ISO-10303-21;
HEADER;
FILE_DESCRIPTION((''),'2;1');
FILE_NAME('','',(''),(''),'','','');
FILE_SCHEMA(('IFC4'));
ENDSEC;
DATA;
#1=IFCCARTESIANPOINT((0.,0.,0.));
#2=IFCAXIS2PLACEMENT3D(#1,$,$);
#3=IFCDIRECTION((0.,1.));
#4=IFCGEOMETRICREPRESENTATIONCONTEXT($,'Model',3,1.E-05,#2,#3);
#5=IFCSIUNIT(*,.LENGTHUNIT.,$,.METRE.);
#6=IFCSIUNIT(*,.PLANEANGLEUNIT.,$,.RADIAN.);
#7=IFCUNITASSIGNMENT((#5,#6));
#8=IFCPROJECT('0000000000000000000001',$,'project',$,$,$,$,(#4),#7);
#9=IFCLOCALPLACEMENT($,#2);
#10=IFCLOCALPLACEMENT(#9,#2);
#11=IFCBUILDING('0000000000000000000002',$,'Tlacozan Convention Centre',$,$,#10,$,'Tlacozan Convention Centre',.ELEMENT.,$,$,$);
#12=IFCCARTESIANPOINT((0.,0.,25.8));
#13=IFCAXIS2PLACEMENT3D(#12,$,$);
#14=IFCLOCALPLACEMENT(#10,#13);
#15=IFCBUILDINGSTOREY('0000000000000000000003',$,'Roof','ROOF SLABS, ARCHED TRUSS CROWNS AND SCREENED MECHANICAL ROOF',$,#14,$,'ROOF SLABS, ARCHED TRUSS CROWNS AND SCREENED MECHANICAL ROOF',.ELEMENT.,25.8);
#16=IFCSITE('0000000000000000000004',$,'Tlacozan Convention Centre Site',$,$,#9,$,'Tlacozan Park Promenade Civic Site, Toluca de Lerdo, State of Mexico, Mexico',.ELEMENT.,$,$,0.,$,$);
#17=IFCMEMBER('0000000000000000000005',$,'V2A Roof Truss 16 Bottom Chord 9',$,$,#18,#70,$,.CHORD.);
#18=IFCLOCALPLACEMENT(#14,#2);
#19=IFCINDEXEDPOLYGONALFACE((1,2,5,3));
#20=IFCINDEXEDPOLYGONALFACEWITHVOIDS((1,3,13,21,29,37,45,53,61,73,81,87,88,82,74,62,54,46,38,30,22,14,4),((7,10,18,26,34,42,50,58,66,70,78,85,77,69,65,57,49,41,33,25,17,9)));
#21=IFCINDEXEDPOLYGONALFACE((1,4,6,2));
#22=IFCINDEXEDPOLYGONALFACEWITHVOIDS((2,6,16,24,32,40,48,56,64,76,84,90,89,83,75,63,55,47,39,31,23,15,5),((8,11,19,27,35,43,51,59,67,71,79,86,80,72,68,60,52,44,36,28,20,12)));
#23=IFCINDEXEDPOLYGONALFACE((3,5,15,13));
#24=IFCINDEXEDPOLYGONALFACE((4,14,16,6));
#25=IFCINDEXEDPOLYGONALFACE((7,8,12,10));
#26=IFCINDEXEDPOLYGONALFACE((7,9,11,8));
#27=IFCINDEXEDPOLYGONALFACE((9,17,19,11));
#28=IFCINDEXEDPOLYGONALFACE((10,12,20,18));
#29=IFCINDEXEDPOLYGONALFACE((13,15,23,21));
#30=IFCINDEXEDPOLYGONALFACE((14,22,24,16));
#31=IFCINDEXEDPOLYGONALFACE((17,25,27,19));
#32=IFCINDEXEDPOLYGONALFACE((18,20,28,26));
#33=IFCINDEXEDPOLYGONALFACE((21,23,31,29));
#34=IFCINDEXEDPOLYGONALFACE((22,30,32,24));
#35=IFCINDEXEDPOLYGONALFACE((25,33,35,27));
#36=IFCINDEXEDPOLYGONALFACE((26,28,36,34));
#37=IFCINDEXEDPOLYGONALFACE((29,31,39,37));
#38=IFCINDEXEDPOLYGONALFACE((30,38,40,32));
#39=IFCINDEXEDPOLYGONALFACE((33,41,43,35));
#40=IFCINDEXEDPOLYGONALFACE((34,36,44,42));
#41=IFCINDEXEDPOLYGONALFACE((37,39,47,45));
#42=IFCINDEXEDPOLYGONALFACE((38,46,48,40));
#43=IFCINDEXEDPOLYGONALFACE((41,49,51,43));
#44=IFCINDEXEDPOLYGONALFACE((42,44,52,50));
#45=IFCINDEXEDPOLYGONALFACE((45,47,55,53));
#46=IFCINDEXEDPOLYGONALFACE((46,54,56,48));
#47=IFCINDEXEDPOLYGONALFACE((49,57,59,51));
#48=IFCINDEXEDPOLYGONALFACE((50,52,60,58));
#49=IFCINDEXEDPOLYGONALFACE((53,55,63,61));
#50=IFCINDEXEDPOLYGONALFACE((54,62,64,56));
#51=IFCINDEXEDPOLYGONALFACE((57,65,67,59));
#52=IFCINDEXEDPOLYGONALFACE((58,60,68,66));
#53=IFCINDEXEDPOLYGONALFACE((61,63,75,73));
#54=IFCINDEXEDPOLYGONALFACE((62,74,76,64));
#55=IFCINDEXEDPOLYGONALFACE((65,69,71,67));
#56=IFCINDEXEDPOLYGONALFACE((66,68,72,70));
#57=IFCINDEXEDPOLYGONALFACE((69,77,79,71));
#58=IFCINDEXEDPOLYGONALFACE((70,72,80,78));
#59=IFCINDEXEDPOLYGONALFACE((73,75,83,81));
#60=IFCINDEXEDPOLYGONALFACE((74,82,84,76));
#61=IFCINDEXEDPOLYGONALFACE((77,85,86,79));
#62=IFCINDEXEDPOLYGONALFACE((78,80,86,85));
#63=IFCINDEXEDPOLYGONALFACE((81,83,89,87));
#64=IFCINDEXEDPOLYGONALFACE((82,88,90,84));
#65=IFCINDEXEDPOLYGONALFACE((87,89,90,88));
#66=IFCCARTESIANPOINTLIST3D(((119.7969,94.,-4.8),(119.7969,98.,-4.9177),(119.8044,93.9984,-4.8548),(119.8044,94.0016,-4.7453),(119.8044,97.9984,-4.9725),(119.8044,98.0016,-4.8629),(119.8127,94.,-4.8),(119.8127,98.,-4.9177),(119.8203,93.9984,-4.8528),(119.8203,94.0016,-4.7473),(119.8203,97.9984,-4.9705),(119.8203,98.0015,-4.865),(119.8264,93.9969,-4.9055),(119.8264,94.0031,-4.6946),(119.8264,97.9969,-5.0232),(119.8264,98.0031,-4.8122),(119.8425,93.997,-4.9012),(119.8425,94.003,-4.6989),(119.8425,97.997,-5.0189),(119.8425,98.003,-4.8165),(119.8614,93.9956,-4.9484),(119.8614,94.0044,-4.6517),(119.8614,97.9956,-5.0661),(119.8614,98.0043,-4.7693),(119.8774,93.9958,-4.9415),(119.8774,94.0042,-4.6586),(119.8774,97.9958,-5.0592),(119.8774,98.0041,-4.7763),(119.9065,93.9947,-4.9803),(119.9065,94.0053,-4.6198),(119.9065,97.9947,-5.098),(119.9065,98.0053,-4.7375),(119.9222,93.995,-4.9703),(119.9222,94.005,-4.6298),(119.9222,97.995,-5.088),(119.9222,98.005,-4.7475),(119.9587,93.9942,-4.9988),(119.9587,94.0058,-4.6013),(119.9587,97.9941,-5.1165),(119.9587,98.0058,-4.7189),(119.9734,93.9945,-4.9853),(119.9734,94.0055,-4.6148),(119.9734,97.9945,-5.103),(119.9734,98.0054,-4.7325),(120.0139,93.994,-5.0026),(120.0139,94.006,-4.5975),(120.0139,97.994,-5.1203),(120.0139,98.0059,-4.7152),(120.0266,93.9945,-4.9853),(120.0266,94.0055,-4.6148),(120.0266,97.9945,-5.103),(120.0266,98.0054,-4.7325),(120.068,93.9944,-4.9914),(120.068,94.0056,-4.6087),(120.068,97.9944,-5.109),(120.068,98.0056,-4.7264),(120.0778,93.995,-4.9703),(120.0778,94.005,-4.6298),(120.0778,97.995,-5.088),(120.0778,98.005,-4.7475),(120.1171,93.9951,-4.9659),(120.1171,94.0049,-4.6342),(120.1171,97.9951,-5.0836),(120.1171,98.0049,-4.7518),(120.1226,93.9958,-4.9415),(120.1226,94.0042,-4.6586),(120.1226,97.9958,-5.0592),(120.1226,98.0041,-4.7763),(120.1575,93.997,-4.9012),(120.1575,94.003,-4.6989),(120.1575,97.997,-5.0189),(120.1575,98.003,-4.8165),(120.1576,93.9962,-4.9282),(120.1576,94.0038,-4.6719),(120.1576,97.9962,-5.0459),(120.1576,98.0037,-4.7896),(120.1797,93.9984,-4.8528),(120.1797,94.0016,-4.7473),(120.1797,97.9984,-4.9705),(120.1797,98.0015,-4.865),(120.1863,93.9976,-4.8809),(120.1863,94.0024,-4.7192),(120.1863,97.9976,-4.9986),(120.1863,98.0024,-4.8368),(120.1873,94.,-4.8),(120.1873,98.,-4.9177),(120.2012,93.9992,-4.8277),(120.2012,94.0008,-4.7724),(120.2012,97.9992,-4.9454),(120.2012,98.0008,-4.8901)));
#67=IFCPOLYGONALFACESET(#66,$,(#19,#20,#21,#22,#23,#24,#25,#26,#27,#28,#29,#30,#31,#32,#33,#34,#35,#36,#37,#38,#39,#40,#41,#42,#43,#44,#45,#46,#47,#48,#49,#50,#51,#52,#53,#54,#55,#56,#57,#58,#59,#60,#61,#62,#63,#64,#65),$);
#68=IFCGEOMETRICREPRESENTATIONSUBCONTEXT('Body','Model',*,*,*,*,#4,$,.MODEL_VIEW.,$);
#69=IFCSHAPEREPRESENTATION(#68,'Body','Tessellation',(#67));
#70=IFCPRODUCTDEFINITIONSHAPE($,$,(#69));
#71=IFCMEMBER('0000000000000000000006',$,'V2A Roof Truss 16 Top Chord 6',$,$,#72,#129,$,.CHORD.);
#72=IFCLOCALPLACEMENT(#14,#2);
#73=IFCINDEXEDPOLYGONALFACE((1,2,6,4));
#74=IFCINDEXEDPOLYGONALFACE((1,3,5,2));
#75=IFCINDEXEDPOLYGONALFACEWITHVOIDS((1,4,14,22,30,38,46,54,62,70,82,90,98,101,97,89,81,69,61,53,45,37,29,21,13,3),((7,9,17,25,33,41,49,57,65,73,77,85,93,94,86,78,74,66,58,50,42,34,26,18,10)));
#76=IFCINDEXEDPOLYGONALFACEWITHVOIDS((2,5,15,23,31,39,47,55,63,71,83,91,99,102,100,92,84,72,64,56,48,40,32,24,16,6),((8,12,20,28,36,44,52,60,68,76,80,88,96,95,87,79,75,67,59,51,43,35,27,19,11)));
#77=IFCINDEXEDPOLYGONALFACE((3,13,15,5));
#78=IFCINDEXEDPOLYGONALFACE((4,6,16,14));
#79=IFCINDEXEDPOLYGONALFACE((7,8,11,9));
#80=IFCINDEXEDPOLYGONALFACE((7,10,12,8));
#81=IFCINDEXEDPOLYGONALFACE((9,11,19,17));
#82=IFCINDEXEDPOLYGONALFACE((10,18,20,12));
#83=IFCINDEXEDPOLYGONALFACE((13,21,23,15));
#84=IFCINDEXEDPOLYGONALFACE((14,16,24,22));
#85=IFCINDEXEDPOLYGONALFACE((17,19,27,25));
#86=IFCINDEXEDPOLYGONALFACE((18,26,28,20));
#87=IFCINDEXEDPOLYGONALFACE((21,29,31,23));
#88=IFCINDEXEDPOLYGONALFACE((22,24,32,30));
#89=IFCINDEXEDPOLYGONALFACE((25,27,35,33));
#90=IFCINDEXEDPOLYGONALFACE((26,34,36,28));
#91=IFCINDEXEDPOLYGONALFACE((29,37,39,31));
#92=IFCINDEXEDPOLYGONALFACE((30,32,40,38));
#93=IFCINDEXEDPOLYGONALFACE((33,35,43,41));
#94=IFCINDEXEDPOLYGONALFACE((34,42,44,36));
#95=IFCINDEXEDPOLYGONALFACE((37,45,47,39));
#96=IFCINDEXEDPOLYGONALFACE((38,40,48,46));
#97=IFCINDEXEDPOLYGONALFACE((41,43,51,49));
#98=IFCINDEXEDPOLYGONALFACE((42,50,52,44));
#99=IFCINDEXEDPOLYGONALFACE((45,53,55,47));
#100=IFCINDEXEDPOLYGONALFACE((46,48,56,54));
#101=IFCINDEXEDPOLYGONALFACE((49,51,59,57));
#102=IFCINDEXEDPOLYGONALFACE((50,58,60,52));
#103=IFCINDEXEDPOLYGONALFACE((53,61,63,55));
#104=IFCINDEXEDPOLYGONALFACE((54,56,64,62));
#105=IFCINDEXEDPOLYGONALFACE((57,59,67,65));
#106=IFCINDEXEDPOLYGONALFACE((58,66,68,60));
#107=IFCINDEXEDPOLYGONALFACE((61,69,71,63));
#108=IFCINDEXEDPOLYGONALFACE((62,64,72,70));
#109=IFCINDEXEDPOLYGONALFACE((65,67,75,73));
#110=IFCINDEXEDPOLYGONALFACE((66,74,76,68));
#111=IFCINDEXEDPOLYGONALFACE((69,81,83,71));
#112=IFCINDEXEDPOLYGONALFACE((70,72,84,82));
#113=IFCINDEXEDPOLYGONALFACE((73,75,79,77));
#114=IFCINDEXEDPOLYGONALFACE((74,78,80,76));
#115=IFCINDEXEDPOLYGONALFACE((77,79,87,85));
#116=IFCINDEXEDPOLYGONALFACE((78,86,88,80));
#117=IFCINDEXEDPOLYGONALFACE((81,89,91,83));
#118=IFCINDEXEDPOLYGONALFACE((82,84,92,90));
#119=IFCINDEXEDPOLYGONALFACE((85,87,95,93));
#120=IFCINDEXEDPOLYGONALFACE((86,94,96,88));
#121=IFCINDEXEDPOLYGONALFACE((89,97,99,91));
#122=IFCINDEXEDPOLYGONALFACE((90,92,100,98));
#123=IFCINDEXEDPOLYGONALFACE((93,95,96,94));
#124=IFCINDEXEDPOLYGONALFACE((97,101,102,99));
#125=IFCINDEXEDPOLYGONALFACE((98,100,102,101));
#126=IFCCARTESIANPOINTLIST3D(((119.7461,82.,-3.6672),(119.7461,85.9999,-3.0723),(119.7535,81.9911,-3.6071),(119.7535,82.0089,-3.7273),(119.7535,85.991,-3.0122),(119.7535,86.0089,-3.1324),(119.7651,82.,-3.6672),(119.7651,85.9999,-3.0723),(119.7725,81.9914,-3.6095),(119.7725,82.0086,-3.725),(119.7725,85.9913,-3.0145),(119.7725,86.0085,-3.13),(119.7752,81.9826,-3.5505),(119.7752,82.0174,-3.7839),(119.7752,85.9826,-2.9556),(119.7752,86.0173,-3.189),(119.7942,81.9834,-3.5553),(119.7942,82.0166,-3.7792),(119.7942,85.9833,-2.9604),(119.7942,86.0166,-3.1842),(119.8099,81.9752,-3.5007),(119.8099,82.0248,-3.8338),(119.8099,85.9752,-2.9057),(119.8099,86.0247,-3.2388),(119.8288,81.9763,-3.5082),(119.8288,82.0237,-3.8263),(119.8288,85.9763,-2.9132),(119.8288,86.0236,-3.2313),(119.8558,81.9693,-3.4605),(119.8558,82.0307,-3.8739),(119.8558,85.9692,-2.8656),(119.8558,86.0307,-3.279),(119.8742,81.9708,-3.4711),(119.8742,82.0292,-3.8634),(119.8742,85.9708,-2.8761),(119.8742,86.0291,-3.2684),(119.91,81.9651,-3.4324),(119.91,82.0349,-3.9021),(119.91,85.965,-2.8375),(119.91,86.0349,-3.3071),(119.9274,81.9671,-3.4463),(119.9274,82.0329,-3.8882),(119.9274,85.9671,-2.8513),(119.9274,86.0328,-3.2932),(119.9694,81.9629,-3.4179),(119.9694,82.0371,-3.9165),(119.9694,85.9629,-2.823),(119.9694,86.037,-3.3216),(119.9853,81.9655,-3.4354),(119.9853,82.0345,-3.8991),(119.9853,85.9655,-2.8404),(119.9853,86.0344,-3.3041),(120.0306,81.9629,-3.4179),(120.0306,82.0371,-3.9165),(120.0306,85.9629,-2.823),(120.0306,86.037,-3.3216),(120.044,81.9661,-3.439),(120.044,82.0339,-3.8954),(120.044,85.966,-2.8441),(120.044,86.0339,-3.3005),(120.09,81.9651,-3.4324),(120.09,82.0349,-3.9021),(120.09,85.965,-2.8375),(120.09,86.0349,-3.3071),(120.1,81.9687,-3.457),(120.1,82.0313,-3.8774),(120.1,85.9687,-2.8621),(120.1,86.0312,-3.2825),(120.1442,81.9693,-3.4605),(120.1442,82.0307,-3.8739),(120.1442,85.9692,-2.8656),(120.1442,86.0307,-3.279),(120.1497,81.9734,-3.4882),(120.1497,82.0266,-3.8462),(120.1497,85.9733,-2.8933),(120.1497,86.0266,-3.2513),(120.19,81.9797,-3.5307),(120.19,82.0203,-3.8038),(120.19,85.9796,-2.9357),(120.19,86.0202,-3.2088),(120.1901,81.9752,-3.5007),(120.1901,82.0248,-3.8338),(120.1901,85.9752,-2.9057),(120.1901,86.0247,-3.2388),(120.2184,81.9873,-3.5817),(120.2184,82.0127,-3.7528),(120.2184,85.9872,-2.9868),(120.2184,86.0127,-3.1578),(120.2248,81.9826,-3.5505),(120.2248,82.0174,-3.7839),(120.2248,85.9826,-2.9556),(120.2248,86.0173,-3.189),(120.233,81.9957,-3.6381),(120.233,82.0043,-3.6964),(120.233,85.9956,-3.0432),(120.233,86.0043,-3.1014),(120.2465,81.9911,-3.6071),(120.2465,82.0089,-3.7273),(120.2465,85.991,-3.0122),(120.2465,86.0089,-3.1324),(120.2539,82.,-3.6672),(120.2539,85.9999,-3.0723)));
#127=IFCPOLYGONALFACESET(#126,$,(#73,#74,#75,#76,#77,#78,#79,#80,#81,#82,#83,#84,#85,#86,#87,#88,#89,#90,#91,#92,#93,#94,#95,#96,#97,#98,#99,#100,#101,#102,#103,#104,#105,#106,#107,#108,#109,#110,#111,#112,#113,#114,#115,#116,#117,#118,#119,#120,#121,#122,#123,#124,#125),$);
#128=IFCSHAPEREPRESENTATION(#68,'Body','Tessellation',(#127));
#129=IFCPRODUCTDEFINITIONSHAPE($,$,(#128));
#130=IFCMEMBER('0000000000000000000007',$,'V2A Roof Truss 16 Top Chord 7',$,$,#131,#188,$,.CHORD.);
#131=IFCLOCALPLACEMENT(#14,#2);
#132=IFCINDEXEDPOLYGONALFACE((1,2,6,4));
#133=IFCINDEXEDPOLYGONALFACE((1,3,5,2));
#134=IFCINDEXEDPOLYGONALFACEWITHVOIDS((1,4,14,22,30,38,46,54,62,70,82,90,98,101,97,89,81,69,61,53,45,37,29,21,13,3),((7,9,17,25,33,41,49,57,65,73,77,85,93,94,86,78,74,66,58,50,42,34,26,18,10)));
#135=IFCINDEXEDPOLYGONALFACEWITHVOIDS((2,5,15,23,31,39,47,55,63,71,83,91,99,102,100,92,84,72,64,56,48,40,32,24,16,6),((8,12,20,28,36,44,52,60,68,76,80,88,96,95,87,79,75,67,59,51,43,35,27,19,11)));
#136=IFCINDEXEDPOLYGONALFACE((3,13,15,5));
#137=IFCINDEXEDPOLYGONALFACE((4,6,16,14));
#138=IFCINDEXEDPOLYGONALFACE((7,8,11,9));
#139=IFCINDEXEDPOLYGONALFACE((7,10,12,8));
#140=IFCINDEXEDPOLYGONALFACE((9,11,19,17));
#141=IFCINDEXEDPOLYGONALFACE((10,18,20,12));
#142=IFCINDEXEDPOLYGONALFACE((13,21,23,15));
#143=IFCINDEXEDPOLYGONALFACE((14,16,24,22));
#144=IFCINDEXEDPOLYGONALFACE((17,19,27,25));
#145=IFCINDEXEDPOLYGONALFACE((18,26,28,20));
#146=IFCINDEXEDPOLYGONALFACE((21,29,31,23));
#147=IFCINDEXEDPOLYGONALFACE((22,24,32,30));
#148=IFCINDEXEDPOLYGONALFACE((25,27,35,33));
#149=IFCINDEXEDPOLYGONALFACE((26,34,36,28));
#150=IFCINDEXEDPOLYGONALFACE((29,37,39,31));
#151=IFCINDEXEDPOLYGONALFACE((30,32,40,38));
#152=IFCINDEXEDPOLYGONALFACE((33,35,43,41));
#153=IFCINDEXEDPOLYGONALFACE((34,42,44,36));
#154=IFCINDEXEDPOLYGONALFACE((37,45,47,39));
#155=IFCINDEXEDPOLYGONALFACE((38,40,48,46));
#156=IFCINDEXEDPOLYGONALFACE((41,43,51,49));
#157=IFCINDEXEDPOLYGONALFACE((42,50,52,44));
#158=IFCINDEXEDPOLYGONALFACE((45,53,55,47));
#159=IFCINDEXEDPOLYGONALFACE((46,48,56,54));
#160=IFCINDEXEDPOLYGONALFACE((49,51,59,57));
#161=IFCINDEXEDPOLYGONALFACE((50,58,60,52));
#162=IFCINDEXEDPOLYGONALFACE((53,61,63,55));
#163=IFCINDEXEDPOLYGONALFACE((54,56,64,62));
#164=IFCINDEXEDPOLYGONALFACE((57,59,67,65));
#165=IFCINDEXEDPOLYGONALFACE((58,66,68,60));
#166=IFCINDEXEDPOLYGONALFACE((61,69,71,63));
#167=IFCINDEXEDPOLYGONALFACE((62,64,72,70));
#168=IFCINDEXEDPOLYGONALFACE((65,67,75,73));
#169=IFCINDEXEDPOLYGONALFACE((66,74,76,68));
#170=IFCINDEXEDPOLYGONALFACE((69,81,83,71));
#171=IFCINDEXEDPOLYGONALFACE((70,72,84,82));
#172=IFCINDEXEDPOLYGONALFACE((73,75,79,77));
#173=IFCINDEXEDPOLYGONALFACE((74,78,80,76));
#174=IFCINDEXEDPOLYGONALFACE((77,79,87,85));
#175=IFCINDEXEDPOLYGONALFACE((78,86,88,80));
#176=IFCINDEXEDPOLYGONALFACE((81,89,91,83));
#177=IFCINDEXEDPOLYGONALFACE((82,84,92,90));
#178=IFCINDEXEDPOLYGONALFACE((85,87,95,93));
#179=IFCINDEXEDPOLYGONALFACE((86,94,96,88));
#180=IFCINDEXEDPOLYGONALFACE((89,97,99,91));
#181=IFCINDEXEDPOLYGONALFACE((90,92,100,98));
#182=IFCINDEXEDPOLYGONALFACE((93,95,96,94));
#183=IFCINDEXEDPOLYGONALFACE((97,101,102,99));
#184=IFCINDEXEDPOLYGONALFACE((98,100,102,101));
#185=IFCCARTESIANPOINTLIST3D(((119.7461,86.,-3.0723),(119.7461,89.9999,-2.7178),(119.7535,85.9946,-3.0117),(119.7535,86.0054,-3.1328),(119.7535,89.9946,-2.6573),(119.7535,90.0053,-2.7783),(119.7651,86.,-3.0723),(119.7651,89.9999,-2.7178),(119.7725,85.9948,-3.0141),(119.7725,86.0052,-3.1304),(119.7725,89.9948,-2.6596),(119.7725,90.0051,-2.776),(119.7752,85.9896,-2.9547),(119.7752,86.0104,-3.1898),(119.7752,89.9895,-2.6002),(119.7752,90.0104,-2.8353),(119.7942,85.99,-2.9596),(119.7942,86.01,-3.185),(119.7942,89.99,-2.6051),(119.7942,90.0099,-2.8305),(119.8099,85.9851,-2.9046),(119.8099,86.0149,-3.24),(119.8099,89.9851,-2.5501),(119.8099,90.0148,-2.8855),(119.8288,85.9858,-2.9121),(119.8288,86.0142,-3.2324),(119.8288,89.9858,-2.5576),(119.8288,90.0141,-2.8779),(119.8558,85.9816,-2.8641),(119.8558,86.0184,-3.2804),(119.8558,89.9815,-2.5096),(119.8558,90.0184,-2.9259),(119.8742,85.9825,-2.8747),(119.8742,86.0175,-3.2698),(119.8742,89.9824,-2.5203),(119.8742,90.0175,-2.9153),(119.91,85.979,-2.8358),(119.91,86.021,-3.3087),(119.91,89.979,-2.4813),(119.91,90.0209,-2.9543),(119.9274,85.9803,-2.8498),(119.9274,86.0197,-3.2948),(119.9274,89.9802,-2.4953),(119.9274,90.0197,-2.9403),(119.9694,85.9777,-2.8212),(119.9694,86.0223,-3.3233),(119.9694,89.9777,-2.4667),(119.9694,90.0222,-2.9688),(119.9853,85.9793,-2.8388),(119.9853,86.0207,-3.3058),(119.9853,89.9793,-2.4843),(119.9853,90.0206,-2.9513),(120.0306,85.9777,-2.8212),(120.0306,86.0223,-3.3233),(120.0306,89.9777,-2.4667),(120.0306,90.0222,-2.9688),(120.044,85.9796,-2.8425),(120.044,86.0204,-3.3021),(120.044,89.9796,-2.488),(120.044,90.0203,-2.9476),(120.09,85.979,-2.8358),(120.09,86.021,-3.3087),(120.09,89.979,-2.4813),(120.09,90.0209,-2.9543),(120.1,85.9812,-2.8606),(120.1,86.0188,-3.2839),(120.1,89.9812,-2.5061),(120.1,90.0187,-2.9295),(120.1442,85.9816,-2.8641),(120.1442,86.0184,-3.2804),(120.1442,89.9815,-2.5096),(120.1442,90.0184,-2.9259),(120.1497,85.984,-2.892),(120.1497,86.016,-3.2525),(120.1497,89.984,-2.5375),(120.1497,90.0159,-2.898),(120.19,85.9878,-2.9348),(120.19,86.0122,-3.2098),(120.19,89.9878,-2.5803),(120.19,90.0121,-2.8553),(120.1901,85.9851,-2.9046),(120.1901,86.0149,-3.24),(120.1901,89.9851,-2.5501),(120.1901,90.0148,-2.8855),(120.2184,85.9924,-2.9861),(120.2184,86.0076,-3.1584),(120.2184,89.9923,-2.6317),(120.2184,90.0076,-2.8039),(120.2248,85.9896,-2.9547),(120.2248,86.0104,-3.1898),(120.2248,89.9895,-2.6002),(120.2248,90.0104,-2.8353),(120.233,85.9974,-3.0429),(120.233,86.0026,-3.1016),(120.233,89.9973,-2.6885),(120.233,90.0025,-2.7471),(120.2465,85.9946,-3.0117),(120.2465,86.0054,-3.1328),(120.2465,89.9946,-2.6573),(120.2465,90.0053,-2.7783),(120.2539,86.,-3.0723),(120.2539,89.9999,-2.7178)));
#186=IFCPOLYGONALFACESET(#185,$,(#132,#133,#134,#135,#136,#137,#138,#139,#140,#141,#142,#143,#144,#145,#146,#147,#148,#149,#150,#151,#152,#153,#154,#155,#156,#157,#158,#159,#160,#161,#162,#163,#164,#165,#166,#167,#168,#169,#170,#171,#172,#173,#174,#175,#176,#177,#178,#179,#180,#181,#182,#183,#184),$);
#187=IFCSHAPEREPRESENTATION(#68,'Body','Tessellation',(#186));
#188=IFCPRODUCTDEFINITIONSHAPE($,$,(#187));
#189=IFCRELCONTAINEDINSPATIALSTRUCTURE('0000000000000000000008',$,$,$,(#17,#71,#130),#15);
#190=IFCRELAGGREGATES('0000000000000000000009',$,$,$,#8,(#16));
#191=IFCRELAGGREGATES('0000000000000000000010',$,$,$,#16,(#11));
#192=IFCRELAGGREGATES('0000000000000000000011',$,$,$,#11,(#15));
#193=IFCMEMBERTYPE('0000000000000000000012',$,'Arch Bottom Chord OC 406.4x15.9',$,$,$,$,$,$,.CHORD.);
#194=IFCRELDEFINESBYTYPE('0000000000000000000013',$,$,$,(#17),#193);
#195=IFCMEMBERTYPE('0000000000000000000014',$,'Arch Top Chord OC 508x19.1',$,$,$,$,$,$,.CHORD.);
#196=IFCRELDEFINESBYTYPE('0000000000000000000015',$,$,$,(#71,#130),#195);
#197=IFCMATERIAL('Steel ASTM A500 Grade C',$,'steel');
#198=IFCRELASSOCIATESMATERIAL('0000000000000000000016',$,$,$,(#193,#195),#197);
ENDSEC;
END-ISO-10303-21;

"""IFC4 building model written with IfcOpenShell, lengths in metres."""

from ifc_helpers import new_model, si_unit, direction, frame, origin, origin_2d, place, context, subcontext, project, spatial, hollow_circle, extrude, material, material_profile, profile_set, type_object, element, save


model = new_model("IFC4")

# Units and contexts
model_context = context("Model", 3, precision=1e-05, world=origin(), true_north=direction((0.0, 1.0)))
body_context = subcontext(model_context, "Body", "Model", "MODEL_VIEW")
ifc_project = project(units=[si_unit("LENGTHUNIT", "METRE"), si_unit("PLANEANGLEUNIT", "RADIAN")], contexts=[model_context])

# Site, building, storey
site_placement = place(None, origin())
site = spatial("IfcSite", under=ifc_project, at=site_placement, Name="Tlacozan Convention Centre Site", LongName="Tlacozan Park Promenade Civic Site, Toluca de Lerdo, State of Mexico, Mexico", CompositionType="ELEMENT", RefElevation=0.0)
building_placement = place(site_placement, origin())
building = spatial("IfcBuilding", under=site, at=building_placement, Name="Tlacozan Convention Centre", LongName="Tlacozan Convention Centre", CompositionType="ELEMENT")
storey_placement = place(building_placement, frame((0.0, 0.0, 25.8)))
storey = spatial("IfcBuildingStorey", under=building, at=storey_placement, Name="Roof", Description="ROOF SLABS, ARCHED TRUSS CROWNS AND SCREENED MECHANICAL ROOF", LongName="ROOF SLABS, ARCHED TRUSS CROWNS AND SCREENED MECHANICAL ROOF", CompositionType="ELEMENT", Elevation=25.8)

# Members
ifc_material_1 = material(Name="Steel ASTM A500 Grade C", Category="steel")
ifc_material_profile_1 = material_profile(ifc_material_1, hollow_circle(Radius=0.2031, WallThickness=0.0159, at=origin_2d()), Name="OC 406.4x15.9")
ifc_profile_set_1 = profile_set([ifc_material_profile_1], Name="Steel ASTM A500 Grade C")
member_type_1 = type_object("IfcMemberType", Name="Arch Bottom Chord OC 406.4x15.9", PredefinedType="CHORD", material=ifc_profile_set_1)
for number, where, z_axis, x_axis, name in (
    (1, (120.0, 94.0, -4.8), (0.0, 0.999568, -0.029406), (-1.0, 0.0, 0.0), "V2A Roof Truss 16 Bottom Chord 9"),
):
    element("IfcMember", number, at=place(storey_placement, frame(where, z_axis=z_axis, x_axis=x_axis)), inside=storey, type_object=member_type_1, Name=name, PredefinedType="CHORD", context=body_context, shape_type="SweptSolid", body=[
        extrude(hollow_circle(Radius=0.2031, WallThickness=0.0159, at=origin_2d()), origin(), (0.0, 0.0, 1.0), 4.0017),
    ])
ifc_material_profile_2 = material_profile(ifc_material_1, hollow_circle(Radius=0.2539, WallThickness=0.019, at=origin_2d()), Name="OC 508.0x19.1")
ifc_profile_set_2 = profile_set([ifc_material_profile_2], Name="Steel ASTM A500 Grade C")
member_type_2 = type_object("IfcMemberType", Name="Arch Top Chord OC 508x19.1", PredefinedType="CHORD", material=ifc_profile_set_2)
member_1_placement = place(storey_placement, frame((120.0, 82.0, -3.6672), z_axis=(0.0, 0.989118, 0.147124), x_axis=(-1.0, 0.0, 0.0)))
element("IfcMember", 2, at=member_1_placement, inside=storey, type_object=member_type_2, Name="V2A Roof Truss 16 Top Chord 6", PredefinedType="CHORD", context=body_context, shape_type="SweptSolid", body=[
    extrude(hollow_circle(Radius=0.2539, WallThickness=0.019, at=origin_2d()), origin(), (0.0, 0.0, 1.0), 4.0439),
])
member_2_placement = place(storey_placement, frame((120.0, 86.0, -3.0723), z_axis=(0.0, 0.996096, 0.088277), x_axis=(-1.0, 0.0, 0.0)))
element("IfcMember", 3, at=member_2_placement, inside=storey, type_object=member_type_2, Name="V2A Roof Truss 16 Top Chord 7", PredefinedType="CHORD", context=body_context, shape_type="SweptSolid", body=[
    extrude(hollow_circle(Radius=0.2539, WallThickness=0.019, at=origin_2d()), origin(), (0.0, 0.0, 1.0), 4.0156),
])

save(model, "model.ifc")
